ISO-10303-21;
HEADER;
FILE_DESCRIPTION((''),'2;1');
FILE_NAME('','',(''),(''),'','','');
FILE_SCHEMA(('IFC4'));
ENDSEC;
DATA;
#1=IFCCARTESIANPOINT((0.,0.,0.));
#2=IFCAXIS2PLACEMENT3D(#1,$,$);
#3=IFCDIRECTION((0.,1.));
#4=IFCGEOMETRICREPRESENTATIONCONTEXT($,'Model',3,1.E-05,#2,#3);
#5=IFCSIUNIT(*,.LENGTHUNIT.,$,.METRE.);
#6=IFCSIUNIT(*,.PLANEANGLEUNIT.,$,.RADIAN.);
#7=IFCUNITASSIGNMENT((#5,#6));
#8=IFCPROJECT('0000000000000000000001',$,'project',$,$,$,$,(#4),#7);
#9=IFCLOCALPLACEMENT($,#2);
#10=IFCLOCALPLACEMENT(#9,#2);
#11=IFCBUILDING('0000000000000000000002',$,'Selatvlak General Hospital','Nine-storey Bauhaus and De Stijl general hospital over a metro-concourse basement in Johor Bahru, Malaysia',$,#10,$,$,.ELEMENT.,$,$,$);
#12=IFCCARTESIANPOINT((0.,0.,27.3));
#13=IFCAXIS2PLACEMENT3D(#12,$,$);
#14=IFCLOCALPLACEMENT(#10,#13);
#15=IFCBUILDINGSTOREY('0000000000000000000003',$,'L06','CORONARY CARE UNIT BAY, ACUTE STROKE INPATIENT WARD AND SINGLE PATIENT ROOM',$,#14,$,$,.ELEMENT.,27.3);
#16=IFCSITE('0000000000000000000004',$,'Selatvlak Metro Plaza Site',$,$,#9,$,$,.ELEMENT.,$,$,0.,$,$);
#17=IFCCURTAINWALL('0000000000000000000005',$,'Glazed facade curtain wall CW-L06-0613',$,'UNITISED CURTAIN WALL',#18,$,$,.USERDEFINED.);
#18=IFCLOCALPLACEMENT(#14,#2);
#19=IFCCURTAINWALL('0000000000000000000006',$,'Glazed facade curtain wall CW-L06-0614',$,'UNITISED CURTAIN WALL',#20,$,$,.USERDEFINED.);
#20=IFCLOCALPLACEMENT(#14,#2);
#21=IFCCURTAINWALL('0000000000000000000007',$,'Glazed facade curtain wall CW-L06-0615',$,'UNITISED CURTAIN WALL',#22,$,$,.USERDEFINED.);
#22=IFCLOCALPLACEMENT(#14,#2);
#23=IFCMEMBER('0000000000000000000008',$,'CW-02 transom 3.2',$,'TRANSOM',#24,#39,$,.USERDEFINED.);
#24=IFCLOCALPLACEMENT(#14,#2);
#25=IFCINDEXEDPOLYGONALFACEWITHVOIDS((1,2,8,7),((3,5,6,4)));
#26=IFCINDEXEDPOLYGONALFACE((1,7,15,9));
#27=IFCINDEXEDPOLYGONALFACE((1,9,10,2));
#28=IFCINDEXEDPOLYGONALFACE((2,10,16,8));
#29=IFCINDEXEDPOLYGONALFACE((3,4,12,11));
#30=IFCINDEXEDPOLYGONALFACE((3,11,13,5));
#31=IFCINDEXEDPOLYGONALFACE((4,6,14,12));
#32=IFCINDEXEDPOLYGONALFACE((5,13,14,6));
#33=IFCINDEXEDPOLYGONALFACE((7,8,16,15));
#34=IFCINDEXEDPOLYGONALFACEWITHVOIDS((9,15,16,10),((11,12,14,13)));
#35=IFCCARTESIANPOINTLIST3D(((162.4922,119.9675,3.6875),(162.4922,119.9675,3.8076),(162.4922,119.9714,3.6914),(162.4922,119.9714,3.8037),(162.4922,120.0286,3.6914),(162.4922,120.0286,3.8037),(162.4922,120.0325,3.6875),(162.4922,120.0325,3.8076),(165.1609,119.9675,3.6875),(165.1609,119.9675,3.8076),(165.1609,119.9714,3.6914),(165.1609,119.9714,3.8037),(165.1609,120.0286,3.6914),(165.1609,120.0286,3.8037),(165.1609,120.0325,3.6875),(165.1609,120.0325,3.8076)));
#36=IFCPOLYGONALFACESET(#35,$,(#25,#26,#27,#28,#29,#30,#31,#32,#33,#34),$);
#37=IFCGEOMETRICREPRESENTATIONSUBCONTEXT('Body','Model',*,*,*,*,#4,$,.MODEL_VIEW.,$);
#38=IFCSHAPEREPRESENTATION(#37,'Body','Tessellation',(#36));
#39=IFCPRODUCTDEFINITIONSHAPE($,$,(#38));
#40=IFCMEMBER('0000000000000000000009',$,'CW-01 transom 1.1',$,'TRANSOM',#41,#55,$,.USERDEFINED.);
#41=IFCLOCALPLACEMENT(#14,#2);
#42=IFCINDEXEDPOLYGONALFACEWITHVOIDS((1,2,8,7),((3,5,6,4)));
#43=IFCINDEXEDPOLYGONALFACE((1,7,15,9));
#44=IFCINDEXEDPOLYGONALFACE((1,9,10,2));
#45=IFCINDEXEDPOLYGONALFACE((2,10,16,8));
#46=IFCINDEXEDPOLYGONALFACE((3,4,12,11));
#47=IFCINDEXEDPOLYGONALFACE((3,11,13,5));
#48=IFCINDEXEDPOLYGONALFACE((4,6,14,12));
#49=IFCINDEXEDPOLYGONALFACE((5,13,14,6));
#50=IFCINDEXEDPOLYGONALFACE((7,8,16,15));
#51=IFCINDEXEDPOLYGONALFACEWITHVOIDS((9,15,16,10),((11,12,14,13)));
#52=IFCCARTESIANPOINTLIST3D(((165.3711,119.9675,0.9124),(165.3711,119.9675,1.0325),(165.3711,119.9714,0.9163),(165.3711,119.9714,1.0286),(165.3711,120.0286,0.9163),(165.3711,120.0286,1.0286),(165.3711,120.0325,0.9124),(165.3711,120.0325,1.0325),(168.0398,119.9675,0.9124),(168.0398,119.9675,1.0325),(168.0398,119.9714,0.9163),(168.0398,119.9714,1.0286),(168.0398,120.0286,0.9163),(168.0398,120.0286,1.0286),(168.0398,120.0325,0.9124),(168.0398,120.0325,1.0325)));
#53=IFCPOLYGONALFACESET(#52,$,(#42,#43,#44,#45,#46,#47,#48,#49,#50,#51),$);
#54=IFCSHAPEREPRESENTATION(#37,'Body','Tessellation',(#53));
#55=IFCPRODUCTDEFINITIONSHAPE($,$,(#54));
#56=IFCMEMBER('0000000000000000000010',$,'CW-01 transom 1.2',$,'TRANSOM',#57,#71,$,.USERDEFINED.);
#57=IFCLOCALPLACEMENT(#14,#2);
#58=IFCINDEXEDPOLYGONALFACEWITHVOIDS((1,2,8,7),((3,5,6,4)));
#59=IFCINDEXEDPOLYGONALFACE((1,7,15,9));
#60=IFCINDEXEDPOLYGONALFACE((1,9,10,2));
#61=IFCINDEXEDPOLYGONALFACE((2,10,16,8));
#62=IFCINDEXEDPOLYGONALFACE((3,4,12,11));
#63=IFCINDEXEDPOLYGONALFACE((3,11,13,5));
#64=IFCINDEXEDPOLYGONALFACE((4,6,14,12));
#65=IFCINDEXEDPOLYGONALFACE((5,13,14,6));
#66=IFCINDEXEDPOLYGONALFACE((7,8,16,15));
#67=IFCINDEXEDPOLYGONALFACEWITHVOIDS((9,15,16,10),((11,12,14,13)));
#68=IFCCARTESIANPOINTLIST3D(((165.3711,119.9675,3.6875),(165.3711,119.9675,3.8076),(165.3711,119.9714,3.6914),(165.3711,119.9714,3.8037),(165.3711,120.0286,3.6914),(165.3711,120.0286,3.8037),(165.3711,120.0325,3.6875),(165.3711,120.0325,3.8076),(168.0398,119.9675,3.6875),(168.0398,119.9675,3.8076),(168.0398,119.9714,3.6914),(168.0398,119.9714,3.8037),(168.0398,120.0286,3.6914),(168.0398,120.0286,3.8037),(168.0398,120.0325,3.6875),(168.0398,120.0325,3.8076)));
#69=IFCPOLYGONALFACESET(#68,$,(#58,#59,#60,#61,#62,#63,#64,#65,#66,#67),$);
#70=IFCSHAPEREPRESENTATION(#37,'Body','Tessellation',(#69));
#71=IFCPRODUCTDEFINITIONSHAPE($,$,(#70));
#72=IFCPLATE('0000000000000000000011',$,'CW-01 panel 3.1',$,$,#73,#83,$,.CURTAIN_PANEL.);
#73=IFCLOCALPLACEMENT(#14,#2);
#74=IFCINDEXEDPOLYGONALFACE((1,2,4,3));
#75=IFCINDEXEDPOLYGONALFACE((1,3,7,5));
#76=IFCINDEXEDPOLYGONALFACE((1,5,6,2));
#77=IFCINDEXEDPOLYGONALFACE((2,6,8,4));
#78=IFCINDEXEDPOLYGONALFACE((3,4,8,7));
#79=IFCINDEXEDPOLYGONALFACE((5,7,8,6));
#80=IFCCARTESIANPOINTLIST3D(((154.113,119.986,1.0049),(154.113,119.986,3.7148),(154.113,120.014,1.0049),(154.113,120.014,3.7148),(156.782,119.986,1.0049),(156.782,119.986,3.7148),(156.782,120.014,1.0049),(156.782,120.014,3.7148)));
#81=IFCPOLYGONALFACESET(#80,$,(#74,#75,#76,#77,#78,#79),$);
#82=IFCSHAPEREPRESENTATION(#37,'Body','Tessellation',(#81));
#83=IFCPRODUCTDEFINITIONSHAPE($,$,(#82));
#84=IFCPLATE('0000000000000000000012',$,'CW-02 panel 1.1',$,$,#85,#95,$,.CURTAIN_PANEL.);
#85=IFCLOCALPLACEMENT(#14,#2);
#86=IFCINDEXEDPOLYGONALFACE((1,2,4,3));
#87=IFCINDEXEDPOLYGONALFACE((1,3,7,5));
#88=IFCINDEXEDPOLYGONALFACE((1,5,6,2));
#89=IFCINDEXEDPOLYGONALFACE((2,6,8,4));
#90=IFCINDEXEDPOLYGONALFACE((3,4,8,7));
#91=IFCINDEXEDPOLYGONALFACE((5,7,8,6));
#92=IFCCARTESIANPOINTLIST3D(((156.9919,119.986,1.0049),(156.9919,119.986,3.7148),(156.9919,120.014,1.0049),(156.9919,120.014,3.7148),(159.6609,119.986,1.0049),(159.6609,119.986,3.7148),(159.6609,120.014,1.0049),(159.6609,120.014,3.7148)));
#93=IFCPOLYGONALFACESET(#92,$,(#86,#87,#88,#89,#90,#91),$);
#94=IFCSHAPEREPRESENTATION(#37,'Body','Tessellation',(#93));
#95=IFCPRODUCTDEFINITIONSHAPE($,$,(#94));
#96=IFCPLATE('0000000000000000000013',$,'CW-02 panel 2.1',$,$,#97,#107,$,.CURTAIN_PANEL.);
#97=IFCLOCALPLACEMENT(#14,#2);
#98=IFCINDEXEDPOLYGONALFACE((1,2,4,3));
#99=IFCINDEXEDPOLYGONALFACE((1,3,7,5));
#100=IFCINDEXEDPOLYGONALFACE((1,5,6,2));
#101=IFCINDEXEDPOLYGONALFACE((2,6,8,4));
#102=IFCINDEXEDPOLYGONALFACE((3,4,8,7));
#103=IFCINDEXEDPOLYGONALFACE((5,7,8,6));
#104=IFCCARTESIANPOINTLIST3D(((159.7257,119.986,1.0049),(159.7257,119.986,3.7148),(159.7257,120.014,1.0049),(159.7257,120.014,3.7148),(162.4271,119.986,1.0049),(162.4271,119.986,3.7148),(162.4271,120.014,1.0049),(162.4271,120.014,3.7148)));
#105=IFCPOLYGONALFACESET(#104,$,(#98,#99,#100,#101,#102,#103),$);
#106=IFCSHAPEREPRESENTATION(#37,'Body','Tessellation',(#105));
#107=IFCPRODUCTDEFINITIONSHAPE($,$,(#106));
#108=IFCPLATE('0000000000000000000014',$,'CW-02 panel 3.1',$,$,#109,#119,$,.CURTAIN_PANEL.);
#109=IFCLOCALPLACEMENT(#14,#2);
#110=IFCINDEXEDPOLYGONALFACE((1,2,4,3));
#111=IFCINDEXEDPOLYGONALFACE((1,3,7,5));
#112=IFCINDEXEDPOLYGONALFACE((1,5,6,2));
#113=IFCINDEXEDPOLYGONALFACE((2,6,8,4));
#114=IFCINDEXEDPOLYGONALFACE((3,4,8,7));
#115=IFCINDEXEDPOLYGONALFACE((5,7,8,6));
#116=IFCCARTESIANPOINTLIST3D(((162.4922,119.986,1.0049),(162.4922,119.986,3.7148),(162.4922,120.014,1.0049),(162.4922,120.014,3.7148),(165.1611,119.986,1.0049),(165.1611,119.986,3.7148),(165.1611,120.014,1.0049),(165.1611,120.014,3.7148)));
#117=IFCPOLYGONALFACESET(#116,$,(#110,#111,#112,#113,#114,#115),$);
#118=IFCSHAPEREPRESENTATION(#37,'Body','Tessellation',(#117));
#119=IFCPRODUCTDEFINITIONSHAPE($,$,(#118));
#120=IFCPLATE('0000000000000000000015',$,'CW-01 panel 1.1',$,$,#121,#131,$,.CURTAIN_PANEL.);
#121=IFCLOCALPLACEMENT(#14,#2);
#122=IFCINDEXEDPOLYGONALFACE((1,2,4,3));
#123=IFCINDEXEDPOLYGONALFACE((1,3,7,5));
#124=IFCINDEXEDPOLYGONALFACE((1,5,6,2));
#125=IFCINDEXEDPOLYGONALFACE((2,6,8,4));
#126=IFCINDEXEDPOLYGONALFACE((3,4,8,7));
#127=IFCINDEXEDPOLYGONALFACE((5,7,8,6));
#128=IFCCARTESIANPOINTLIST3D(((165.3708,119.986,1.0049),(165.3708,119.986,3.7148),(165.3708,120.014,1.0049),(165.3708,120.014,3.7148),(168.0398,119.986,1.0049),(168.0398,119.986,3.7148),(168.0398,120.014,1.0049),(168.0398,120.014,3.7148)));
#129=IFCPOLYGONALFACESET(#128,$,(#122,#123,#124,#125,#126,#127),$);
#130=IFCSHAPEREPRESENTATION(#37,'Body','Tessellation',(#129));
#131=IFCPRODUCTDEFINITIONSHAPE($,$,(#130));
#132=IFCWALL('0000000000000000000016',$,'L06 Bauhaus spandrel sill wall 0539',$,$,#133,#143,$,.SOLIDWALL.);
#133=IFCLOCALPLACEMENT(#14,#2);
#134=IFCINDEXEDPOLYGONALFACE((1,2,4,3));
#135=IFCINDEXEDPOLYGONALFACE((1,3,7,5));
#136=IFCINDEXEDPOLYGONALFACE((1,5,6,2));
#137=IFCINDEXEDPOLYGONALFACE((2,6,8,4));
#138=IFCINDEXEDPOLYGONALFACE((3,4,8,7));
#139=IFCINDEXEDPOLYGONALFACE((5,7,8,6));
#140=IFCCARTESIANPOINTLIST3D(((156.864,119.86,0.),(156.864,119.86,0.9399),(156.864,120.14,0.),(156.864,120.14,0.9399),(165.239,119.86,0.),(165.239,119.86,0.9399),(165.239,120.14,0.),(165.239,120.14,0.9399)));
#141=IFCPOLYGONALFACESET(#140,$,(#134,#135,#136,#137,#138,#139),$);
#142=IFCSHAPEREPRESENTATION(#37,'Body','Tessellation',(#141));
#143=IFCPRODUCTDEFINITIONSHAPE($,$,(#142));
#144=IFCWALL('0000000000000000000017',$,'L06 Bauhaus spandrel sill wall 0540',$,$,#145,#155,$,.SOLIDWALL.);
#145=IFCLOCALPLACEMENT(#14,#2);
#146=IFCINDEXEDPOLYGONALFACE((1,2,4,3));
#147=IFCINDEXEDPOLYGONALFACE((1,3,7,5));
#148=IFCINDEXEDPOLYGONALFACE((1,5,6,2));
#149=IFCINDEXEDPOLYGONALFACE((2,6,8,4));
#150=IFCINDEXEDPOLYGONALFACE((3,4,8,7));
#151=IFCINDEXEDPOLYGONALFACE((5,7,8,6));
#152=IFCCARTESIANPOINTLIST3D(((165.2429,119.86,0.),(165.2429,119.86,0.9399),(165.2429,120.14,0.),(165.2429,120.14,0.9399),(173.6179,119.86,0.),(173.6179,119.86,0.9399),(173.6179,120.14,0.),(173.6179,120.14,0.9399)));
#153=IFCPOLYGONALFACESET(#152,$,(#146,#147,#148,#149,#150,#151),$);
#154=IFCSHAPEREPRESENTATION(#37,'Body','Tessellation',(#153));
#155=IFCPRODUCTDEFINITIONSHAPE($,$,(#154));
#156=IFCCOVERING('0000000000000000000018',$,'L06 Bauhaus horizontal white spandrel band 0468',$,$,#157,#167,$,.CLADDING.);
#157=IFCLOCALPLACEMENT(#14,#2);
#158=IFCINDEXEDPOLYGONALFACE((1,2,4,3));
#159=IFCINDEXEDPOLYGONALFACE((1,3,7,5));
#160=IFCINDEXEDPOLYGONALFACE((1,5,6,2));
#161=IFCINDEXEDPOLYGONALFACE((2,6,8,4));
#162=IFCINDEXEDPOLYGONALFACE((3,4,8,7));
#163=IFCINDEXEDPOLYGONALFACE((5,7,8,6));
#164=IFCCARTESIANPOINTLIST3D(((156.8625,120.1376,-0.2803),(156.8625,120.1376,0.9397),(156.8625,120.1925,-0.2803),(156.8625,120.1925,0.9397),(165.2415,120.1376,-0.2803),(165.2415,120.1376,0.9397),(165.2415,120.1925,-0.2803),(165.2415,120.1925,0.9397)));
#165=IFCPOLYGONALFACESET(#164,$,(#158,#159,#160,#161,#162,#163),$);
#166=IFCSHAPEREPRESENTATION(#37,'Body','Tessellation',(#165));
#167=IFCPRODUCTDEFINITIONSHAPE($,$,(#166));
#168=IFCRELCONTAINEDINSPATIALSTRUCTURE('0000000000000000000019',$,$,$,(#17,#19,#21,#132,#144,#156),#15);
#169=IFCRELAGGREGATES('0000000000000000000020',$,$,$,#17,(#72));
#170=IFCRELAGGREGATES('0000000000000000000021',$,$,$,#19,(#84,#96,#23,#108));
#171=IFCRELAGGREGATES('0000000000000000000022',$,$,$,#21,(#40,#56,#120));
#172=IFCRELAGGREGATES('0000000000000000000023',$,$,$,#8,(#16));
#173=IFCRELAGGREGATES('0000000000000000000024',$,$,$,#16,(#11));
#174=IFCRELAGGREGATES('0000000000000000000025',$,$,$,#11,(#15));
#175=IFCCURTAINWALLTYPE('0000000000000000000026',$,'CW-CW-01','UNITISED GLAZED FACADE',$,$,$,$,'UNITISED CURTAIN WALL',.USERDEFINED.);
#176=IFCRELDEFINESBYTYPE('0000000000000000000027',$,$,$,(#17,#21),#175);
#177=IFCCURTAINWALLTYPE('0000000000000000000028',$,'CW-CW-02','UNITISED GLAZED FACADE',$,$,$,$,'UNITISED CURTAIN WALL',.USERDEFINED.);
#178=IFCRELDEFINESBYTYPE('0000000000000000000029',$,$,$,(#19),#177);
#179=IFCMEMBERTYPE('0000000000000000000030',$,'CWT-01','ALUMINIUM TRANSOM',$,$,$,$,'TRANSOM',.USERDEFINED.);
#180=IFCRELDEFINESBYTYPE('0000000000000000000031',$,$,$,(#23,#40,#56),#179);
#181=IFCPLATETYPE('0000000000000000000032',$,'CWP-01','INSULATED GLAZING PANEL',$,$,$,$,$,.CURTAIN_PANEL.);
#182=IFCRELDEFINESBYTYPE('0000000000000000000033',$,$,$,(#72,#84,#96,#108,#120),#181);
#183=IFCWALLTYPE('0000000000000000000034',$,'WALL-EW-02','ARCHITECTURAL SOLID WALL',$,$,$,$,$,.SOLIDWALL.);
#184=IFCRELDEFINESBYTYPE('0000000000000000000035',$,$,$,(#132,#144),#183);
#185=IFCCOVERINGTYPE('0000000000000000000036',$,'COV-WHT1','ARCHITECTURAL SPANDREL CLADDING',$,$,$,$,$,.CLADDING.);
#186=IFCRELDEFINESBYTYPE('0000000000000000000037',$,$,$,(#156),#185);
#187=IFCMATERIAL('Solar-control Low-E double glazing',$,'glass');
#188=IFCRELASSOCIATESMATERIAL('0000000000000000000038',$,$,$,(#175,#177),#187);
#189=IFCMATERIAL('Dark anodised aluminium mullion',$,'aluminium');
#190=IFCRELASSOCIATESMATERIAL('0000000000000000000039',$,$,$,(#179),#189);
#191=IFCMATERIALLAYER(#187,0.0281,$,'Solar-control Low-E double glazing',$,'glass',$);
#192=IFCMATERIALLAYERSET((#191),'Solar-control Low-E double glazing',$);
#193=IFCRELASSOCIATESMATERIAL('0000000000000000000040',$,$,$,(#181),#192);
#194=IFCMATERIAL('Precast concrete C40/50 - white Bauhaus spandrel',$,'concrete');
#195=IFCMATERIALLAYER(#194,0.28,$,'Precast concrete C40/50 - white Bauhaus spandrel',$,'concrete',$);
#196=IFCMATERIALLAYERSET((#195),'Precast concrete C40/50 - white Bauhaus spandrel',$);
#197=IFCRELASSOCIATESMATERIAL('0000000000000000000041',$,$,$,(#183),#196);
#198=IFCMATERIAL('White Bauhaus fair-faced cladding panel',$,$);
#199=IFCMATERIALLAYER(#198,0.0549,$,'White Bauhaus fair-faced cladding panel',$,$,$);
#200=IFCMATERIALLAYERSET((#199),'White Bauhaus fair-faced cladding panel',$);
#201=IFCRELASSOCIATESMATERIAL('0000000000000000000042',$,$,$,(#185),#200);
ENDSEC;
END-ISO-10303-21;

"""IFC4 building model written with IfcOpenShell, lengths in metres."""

from ifc_helpers import new_model, si_unit, direction, frame, frame_2d, origin, origin_2d, place, context, subcontext, project, spatial, rectangle, hollow_rectangle, extrude, material, layer, layer_set, material_profile, profile_set, type_object, element, aggregate, save


model = new_model("IFC4")

# Units and contexts
model_context = context("Model", 3, precision=1e-05, world=origin(), true_north=direction((0.0, 1.0)))
body_context = subcontext(model_context, "Body", "Model", "MODEL_VIEW")
ifc_project = project(units=[si_unit("LENGTHUNIT", "METRE"), si_unit("PLANEANGLEUNIT", "RADIAN")], contexts=[model_context])

# Site, building, storey
site_placement = place(None, origin())
site = spatial("IfcSite", under=ifc_project, at=site_placement, Name="Selatvlak Metro Plaza Site", CompositionType="ELEMENT", RefElevation=0.0)
building_placement = place(site_placement, origin())
building = spatial("IfcBuilding", under=site, at=building_placement, Name="Selatvlak General Hospital", Description="Nine-storey Bauhaus and De Stijl general hospital over a metro-concourse basement in Johor Bahru, Malaysia", CompositionType="ELEMENT")
storey_placement = place(building_placement, frame((0.0, 0.0, 27.3)))
storey = spatial("IfcBuildingStorey", under=building, at=storey_placement, Name="L06", Description="CORONARY CARE UNIT BAY, ACUTE STROKE INPATIENT WARD AND SINGLE PATIENT ROOM", CompositionType="ELEMENT", Elevation=27.3)

# Curtain wall
ifc_material_1 = material(Name="Solar-control Low-E double glazing", Category="glass")
curtain_wall_type_1 = type_object("IfcCurtainWallType", Name="CW-CW-01", Description="UNITISED GLAZED FACADE", ElementType="UNITISED CURTAIN WALL", PredefinedType="USERDEFINED", material=ifc_material_1)
curtain_wall_1_placement = place(storey_placement, origin())
curtain_wall_1 = element("IfcCurtainWall", 1, at=curtain_wall_1_placement, inside=storey, type_object=curtain_wall_type_1, Name="Glazed facade curtain wall CW-L06-0613", ObjectType="UNITISED CURTAIN WALL", PredefinedType="USERDEFINED")
ifc_material_2 = material(Name="Dark anodised aluminium mullion", Category="aluminium")

# Curtain wall
curtain_wall_type_2 = type_object("IfcCurtainWallType", Name="CW-CW-02", Description="UNITISED GLAZED FACADE", ElementType="UNITISED CURTAIN WALL", PredefinedType="USERDEFINED", material=ifc_material_1)
curtain_wall_2_placement = place(storey_placement, origin())
curtain_wall_2 = element("IfcCurtainWall", 2, at=curtain_wall_2_placement, inside=storey, type_object=curtain_wall_type_2, Name="Glazed facade curtain wall CW-L06-0614", ObjectType="UNITISED CURTAIN WALL", PredefinedType="USERDEFINED")

# Curtain wall
curtain_wall_3_placement = place(storey_placement, origin())
curtain_wall_3 = element("IfcCurtainWall", 3, at=curtain_wall_3_placement, inside=storey, type_object=curtain_wall_type_1, Name="Glazed facade curtain wall CW-L06-0615", ObjectType="UNITISED CURTAIN WALL", PredefinedType="USERDEFINED")

# Members
ifc_material_profile_1 = material_profile(ifc_material_2, hollow_rectangle(XDim=0.0649, YDim=0.1201, WallThickness=0.0039, at=origin_2d()), Name="AL-TRN 65x120x4")
ifc_profile_set_1 = profile_set([ifc_material_profile_1], Name="Dark anodised aluminium mullion")
member_type_1 = type_object("IfcMemberType", Name="CWT-01", Description="ALUMINIUM TRANSOM", ElementType="TRANSOM", PredefinedType="USERDEFINED", material=ifc_profile_set_1)
member_1_placement = place(storey_placement, frame((162.4922, 120.0, 3.7476), z_axis=(1.0, 0.0, 0.0), x_axis=(0.0, 1.0, 0.0)))
member_1 = element("IfcMember", 4, at=member_1_placement, type_object=member_type_1, Name="CW-02 transom 3.2", ObjectType="TRANSOM", PredefinedType="USERDEFINED", context=body_context, shape_type="SweptSolid", body=[
    extrude(hollow_rectangle(XDim=0.0649, YDim=0.1201, WallThickness=0.0039, at=origin_2d()), origin(), (0.0, 0.0, 1.0), 2.6687),
])
member_2_placement = place(storey_placement, frame((165.3711, 120.0, 0.9724), z_axis=(1.0, 0.0, 0.0), x_axis=(0.0, 1.0, 0.0)))
member_2 = element("IfcMember", 5, at=member_2_placement, type_object=member_type_1, Name="CW-01 transom 1.1", ObjectType="TRANSOM", PredefinedType="USERDEFINED", context=body_context, shape_type="SweptSolid", body=[
    extrude(hollow_rectangle(XDim=0.0649, YDim=0.1201, WallThickness=0.0039, at=origin_2d()), origin(), (0.0, 0.0, 1.0), 2.6687),
])
member_3_placement = place(storey_placement, frame((165.3711, 120.0, 3.7476), z_axis=(1.0, 0.0, 0.0), x_axis=(0.0, 1.0, 0.0)))
member_3 = element("IfcMember", 6, at=member_3_placement, type_object=member_type_1, Name="CW-01 transom 1.2", ObjectType="TRANSOM", PredefinedType="USERDEFINED", context=body_context, shape_type="SweptSolid", body=[
    extrude(hollow_rectangle(XDim=0.0649, YDim=0.1201, WallThickness=0.0039, at=origin_2d()), origin(), (0.0, 0.0, 1.0), 2.6687),
])

# Plates
ifc_layer_1 = layer(ifc_material_1, 0.0281, Name="Solar-control Low-E double glazing", Category="glass")
ifc_layer_set_1 = layer_set([ifc_layer_1], Name="Solar-control Low-E double glazing")
plate_type = type_object("IfcPlateType", Name="CWP-01", Description="INSULATED GLAZING PANEL", PredefinedType="CURTAIN_PANEL", material=ifc_layer_set_1)
plate_1_placement = place(storey_placement, frame((155.4475, 120.0, 1.0049), z_axis=(0.0, 0.0, 1.0), x_axis=(1.0, 0.0, 0.0)))
plate_1 = element("IfcPlate", 7, at=plate_1_placement, type_object=plate_type, Name="CW-01 panel 3.1", PredefinedType="CURTAIN_PANEL", context=body_context, shape_type="SweptSolid", body=[
    extrude(rectangle(XDim=2.6689, YDim=0.0281, at=origin_2d()), origin(), (0.0, 0.0, 1.0), 2.71),
])
aggregate(curtain_wall_1, [plate_1])
plate_2_placement = place(storey_placement, frame((158.3264, 120.0, 1.0049), z_axis=(0.0, 0.0, 1.0), x_axis=(1.0, 0.0, 0.0)))
plate_2 = element("IfcPlate", 8, at=plate_2_placement, type_object=plate_type, Name="CW-02 panel 1.1", PredefinedType="CURTAIN_PANEL", context=body_context, shape_type="SweptSolid", body=[
    extrude(rectangle(XDim=2.6689, YDim=0.0281, at=origin_2d()), origin(), (0.0, 0.0, 1.0), 2.71),
])
plate_3_placement = place(storey_placement, frame((161.0764, 120.0, 1.0049), z_axis=(0.0, 0.0, 1.0), x_axis=(1.0, 0.0, 0.0)))
plate_3 = element("IfcPlate", 9, at=plate_3_placement, type_object=plate_type, Name="CW-02 panel 2.1", PredefinedType="CURTAIN_PANEL", context=body_context, shape_type="SweptSolid", body=[
    extrude(rectangle(XDim=2.7014, YDim=0.0281, at=origin_2d()), origin(), (0.0, 0.0, 1.0), 2.71),
])
plate_4_placement = place(storey_placement, frame((163.8267, 120.0, 1.0049), z_axis=(0.0, 0.0, 1.0), x_axis=(1.0, 0.0, 0.0)))
plate_4 = element("IfcPlate", 10, at=plate_4_placement, type_object=plate_type, Name="CW-02 panel 3.1", PredefinedType="CURTAIN_PANEL", context=body_context, shape_type="SweptSolid", body=[
    extrude(rectangle(XDim=2.6689, YDim=0.0281, at=origin_2d()), origin(), (0.0, 0.0, 1.0), 2.71),
])
aggregate(curtain_wall_2, [plate_2, plate_3, member_1, plate_4])
plate_5_placement = place(storey_placement, frame((166.7053, 120.0, 1.0049), z_axis=(0.0, 0.0, 1.0), x_axis=(1.0, 0.0, 0.0)))
plate_5 = element("IfcPlate", 11, at=plate_5_placement, type_object=plate_type, Name="CW-01 panel 1.1", PredefinedType="CURTAIN_PANEL", context=body_context, shape_type="SweptSolid", body=[
    extrude(rectangle(XDim=2.6689, YDim=0.0281, at=origin_2d()), origin(), (0.0, 0.0, 1.0), 2.71),
])
aggregate(curtain_wall_3, [member_2, member_3, plate_5])

# Walls
ifc_material_3 = material(Name="Precast concrete C40/50 - white Bauhaus spandrel", Category="concrete")
ifc_layer_2 = layer(ifc_material_3, 0.28, Name="Precast concrete C40/50 - white Bauhaus spandrel", Category="concrete")
ifc_layer_set_2 = layer_set([ifc_layer_2], Name="Precast concrete C40/50 - white Bauhaus spandrel")
wall_type = type_object("IfcWallType", Name="WALL-EW-02", Description="ARCHITECTURAL SOLID WALL", PredefinedType="SOLIDWALL", material=ifc_layer_set_2)
for number, where, z_axis, x_axis, name in (
    (12, (156.864, 120.0, 0.0), (0.0, 0.0, 1.0), (1.0, 0.0, 0.0), "L06 Bauhaus spandrel sill wall 0539"),
    (13, (165.2429, 120.0, 0.0), (0.0, 0.0, 1.0), (1.0, 0.0, 0.0), "L06 Bauhaus spandrel sill wall 0540"),
):
    element("IfcWall", number, at=place(storey_placement, frame(where, z_axis=z_axis, x_axis=x_axis)), inside=storey, type_object=wall_type, Name=name, PredefinedType="SOLIDWALL", context=body_context, shape_type="SweptSolid", body=[
        extrude(rectangle(XDim=8.375, YDim=0.28, at=frame_2d((4.1875, 0.0))), origin(), (0.0, 0.0, 1.0), 0.9399),
    ])

# Covering
ifc_material_4 = material(Name="White Bauhaus fair-faced cladding panel")
ifc_layer_3 = layer(ifc_material_4, 0.0549, Name="White Bauhaus fair-faced cladding panel")
ifc_layer_set_3 = layer_set([ifc_layer_3], Name="White Bauhaus fair-faced cladding panel")
covering_type = type_object("IfcCoveringType", Name="COV-WHT1", Description="ARCHITECTURAL SPANDREL CLADDING", PredefinedType="CLADDING", material=ifc_layer_set_3)
covering_placement = place(storey_placement, frame((161.052, 120.165, -0.2803), z_axis=(0.0, 0.0, 1.0), x_axis=(1.0, 0.0, 0.0)))
element("IfcCovering", 14, at=covering_placement, inside=storey, type_object=covering_type, Name="L06 Bauhaus horizontal white spandrel band 0468", PredefinedType="CLADDING", context=body_context, shape_type="SweptSolid", body=[
    extrude(rectangle(XDim=8.3789, YDim=0.0549, at=origin_2d()), origin(), (0.0, 0.0, 1.0), 1.22),
])

save(model, "model.ifc")
